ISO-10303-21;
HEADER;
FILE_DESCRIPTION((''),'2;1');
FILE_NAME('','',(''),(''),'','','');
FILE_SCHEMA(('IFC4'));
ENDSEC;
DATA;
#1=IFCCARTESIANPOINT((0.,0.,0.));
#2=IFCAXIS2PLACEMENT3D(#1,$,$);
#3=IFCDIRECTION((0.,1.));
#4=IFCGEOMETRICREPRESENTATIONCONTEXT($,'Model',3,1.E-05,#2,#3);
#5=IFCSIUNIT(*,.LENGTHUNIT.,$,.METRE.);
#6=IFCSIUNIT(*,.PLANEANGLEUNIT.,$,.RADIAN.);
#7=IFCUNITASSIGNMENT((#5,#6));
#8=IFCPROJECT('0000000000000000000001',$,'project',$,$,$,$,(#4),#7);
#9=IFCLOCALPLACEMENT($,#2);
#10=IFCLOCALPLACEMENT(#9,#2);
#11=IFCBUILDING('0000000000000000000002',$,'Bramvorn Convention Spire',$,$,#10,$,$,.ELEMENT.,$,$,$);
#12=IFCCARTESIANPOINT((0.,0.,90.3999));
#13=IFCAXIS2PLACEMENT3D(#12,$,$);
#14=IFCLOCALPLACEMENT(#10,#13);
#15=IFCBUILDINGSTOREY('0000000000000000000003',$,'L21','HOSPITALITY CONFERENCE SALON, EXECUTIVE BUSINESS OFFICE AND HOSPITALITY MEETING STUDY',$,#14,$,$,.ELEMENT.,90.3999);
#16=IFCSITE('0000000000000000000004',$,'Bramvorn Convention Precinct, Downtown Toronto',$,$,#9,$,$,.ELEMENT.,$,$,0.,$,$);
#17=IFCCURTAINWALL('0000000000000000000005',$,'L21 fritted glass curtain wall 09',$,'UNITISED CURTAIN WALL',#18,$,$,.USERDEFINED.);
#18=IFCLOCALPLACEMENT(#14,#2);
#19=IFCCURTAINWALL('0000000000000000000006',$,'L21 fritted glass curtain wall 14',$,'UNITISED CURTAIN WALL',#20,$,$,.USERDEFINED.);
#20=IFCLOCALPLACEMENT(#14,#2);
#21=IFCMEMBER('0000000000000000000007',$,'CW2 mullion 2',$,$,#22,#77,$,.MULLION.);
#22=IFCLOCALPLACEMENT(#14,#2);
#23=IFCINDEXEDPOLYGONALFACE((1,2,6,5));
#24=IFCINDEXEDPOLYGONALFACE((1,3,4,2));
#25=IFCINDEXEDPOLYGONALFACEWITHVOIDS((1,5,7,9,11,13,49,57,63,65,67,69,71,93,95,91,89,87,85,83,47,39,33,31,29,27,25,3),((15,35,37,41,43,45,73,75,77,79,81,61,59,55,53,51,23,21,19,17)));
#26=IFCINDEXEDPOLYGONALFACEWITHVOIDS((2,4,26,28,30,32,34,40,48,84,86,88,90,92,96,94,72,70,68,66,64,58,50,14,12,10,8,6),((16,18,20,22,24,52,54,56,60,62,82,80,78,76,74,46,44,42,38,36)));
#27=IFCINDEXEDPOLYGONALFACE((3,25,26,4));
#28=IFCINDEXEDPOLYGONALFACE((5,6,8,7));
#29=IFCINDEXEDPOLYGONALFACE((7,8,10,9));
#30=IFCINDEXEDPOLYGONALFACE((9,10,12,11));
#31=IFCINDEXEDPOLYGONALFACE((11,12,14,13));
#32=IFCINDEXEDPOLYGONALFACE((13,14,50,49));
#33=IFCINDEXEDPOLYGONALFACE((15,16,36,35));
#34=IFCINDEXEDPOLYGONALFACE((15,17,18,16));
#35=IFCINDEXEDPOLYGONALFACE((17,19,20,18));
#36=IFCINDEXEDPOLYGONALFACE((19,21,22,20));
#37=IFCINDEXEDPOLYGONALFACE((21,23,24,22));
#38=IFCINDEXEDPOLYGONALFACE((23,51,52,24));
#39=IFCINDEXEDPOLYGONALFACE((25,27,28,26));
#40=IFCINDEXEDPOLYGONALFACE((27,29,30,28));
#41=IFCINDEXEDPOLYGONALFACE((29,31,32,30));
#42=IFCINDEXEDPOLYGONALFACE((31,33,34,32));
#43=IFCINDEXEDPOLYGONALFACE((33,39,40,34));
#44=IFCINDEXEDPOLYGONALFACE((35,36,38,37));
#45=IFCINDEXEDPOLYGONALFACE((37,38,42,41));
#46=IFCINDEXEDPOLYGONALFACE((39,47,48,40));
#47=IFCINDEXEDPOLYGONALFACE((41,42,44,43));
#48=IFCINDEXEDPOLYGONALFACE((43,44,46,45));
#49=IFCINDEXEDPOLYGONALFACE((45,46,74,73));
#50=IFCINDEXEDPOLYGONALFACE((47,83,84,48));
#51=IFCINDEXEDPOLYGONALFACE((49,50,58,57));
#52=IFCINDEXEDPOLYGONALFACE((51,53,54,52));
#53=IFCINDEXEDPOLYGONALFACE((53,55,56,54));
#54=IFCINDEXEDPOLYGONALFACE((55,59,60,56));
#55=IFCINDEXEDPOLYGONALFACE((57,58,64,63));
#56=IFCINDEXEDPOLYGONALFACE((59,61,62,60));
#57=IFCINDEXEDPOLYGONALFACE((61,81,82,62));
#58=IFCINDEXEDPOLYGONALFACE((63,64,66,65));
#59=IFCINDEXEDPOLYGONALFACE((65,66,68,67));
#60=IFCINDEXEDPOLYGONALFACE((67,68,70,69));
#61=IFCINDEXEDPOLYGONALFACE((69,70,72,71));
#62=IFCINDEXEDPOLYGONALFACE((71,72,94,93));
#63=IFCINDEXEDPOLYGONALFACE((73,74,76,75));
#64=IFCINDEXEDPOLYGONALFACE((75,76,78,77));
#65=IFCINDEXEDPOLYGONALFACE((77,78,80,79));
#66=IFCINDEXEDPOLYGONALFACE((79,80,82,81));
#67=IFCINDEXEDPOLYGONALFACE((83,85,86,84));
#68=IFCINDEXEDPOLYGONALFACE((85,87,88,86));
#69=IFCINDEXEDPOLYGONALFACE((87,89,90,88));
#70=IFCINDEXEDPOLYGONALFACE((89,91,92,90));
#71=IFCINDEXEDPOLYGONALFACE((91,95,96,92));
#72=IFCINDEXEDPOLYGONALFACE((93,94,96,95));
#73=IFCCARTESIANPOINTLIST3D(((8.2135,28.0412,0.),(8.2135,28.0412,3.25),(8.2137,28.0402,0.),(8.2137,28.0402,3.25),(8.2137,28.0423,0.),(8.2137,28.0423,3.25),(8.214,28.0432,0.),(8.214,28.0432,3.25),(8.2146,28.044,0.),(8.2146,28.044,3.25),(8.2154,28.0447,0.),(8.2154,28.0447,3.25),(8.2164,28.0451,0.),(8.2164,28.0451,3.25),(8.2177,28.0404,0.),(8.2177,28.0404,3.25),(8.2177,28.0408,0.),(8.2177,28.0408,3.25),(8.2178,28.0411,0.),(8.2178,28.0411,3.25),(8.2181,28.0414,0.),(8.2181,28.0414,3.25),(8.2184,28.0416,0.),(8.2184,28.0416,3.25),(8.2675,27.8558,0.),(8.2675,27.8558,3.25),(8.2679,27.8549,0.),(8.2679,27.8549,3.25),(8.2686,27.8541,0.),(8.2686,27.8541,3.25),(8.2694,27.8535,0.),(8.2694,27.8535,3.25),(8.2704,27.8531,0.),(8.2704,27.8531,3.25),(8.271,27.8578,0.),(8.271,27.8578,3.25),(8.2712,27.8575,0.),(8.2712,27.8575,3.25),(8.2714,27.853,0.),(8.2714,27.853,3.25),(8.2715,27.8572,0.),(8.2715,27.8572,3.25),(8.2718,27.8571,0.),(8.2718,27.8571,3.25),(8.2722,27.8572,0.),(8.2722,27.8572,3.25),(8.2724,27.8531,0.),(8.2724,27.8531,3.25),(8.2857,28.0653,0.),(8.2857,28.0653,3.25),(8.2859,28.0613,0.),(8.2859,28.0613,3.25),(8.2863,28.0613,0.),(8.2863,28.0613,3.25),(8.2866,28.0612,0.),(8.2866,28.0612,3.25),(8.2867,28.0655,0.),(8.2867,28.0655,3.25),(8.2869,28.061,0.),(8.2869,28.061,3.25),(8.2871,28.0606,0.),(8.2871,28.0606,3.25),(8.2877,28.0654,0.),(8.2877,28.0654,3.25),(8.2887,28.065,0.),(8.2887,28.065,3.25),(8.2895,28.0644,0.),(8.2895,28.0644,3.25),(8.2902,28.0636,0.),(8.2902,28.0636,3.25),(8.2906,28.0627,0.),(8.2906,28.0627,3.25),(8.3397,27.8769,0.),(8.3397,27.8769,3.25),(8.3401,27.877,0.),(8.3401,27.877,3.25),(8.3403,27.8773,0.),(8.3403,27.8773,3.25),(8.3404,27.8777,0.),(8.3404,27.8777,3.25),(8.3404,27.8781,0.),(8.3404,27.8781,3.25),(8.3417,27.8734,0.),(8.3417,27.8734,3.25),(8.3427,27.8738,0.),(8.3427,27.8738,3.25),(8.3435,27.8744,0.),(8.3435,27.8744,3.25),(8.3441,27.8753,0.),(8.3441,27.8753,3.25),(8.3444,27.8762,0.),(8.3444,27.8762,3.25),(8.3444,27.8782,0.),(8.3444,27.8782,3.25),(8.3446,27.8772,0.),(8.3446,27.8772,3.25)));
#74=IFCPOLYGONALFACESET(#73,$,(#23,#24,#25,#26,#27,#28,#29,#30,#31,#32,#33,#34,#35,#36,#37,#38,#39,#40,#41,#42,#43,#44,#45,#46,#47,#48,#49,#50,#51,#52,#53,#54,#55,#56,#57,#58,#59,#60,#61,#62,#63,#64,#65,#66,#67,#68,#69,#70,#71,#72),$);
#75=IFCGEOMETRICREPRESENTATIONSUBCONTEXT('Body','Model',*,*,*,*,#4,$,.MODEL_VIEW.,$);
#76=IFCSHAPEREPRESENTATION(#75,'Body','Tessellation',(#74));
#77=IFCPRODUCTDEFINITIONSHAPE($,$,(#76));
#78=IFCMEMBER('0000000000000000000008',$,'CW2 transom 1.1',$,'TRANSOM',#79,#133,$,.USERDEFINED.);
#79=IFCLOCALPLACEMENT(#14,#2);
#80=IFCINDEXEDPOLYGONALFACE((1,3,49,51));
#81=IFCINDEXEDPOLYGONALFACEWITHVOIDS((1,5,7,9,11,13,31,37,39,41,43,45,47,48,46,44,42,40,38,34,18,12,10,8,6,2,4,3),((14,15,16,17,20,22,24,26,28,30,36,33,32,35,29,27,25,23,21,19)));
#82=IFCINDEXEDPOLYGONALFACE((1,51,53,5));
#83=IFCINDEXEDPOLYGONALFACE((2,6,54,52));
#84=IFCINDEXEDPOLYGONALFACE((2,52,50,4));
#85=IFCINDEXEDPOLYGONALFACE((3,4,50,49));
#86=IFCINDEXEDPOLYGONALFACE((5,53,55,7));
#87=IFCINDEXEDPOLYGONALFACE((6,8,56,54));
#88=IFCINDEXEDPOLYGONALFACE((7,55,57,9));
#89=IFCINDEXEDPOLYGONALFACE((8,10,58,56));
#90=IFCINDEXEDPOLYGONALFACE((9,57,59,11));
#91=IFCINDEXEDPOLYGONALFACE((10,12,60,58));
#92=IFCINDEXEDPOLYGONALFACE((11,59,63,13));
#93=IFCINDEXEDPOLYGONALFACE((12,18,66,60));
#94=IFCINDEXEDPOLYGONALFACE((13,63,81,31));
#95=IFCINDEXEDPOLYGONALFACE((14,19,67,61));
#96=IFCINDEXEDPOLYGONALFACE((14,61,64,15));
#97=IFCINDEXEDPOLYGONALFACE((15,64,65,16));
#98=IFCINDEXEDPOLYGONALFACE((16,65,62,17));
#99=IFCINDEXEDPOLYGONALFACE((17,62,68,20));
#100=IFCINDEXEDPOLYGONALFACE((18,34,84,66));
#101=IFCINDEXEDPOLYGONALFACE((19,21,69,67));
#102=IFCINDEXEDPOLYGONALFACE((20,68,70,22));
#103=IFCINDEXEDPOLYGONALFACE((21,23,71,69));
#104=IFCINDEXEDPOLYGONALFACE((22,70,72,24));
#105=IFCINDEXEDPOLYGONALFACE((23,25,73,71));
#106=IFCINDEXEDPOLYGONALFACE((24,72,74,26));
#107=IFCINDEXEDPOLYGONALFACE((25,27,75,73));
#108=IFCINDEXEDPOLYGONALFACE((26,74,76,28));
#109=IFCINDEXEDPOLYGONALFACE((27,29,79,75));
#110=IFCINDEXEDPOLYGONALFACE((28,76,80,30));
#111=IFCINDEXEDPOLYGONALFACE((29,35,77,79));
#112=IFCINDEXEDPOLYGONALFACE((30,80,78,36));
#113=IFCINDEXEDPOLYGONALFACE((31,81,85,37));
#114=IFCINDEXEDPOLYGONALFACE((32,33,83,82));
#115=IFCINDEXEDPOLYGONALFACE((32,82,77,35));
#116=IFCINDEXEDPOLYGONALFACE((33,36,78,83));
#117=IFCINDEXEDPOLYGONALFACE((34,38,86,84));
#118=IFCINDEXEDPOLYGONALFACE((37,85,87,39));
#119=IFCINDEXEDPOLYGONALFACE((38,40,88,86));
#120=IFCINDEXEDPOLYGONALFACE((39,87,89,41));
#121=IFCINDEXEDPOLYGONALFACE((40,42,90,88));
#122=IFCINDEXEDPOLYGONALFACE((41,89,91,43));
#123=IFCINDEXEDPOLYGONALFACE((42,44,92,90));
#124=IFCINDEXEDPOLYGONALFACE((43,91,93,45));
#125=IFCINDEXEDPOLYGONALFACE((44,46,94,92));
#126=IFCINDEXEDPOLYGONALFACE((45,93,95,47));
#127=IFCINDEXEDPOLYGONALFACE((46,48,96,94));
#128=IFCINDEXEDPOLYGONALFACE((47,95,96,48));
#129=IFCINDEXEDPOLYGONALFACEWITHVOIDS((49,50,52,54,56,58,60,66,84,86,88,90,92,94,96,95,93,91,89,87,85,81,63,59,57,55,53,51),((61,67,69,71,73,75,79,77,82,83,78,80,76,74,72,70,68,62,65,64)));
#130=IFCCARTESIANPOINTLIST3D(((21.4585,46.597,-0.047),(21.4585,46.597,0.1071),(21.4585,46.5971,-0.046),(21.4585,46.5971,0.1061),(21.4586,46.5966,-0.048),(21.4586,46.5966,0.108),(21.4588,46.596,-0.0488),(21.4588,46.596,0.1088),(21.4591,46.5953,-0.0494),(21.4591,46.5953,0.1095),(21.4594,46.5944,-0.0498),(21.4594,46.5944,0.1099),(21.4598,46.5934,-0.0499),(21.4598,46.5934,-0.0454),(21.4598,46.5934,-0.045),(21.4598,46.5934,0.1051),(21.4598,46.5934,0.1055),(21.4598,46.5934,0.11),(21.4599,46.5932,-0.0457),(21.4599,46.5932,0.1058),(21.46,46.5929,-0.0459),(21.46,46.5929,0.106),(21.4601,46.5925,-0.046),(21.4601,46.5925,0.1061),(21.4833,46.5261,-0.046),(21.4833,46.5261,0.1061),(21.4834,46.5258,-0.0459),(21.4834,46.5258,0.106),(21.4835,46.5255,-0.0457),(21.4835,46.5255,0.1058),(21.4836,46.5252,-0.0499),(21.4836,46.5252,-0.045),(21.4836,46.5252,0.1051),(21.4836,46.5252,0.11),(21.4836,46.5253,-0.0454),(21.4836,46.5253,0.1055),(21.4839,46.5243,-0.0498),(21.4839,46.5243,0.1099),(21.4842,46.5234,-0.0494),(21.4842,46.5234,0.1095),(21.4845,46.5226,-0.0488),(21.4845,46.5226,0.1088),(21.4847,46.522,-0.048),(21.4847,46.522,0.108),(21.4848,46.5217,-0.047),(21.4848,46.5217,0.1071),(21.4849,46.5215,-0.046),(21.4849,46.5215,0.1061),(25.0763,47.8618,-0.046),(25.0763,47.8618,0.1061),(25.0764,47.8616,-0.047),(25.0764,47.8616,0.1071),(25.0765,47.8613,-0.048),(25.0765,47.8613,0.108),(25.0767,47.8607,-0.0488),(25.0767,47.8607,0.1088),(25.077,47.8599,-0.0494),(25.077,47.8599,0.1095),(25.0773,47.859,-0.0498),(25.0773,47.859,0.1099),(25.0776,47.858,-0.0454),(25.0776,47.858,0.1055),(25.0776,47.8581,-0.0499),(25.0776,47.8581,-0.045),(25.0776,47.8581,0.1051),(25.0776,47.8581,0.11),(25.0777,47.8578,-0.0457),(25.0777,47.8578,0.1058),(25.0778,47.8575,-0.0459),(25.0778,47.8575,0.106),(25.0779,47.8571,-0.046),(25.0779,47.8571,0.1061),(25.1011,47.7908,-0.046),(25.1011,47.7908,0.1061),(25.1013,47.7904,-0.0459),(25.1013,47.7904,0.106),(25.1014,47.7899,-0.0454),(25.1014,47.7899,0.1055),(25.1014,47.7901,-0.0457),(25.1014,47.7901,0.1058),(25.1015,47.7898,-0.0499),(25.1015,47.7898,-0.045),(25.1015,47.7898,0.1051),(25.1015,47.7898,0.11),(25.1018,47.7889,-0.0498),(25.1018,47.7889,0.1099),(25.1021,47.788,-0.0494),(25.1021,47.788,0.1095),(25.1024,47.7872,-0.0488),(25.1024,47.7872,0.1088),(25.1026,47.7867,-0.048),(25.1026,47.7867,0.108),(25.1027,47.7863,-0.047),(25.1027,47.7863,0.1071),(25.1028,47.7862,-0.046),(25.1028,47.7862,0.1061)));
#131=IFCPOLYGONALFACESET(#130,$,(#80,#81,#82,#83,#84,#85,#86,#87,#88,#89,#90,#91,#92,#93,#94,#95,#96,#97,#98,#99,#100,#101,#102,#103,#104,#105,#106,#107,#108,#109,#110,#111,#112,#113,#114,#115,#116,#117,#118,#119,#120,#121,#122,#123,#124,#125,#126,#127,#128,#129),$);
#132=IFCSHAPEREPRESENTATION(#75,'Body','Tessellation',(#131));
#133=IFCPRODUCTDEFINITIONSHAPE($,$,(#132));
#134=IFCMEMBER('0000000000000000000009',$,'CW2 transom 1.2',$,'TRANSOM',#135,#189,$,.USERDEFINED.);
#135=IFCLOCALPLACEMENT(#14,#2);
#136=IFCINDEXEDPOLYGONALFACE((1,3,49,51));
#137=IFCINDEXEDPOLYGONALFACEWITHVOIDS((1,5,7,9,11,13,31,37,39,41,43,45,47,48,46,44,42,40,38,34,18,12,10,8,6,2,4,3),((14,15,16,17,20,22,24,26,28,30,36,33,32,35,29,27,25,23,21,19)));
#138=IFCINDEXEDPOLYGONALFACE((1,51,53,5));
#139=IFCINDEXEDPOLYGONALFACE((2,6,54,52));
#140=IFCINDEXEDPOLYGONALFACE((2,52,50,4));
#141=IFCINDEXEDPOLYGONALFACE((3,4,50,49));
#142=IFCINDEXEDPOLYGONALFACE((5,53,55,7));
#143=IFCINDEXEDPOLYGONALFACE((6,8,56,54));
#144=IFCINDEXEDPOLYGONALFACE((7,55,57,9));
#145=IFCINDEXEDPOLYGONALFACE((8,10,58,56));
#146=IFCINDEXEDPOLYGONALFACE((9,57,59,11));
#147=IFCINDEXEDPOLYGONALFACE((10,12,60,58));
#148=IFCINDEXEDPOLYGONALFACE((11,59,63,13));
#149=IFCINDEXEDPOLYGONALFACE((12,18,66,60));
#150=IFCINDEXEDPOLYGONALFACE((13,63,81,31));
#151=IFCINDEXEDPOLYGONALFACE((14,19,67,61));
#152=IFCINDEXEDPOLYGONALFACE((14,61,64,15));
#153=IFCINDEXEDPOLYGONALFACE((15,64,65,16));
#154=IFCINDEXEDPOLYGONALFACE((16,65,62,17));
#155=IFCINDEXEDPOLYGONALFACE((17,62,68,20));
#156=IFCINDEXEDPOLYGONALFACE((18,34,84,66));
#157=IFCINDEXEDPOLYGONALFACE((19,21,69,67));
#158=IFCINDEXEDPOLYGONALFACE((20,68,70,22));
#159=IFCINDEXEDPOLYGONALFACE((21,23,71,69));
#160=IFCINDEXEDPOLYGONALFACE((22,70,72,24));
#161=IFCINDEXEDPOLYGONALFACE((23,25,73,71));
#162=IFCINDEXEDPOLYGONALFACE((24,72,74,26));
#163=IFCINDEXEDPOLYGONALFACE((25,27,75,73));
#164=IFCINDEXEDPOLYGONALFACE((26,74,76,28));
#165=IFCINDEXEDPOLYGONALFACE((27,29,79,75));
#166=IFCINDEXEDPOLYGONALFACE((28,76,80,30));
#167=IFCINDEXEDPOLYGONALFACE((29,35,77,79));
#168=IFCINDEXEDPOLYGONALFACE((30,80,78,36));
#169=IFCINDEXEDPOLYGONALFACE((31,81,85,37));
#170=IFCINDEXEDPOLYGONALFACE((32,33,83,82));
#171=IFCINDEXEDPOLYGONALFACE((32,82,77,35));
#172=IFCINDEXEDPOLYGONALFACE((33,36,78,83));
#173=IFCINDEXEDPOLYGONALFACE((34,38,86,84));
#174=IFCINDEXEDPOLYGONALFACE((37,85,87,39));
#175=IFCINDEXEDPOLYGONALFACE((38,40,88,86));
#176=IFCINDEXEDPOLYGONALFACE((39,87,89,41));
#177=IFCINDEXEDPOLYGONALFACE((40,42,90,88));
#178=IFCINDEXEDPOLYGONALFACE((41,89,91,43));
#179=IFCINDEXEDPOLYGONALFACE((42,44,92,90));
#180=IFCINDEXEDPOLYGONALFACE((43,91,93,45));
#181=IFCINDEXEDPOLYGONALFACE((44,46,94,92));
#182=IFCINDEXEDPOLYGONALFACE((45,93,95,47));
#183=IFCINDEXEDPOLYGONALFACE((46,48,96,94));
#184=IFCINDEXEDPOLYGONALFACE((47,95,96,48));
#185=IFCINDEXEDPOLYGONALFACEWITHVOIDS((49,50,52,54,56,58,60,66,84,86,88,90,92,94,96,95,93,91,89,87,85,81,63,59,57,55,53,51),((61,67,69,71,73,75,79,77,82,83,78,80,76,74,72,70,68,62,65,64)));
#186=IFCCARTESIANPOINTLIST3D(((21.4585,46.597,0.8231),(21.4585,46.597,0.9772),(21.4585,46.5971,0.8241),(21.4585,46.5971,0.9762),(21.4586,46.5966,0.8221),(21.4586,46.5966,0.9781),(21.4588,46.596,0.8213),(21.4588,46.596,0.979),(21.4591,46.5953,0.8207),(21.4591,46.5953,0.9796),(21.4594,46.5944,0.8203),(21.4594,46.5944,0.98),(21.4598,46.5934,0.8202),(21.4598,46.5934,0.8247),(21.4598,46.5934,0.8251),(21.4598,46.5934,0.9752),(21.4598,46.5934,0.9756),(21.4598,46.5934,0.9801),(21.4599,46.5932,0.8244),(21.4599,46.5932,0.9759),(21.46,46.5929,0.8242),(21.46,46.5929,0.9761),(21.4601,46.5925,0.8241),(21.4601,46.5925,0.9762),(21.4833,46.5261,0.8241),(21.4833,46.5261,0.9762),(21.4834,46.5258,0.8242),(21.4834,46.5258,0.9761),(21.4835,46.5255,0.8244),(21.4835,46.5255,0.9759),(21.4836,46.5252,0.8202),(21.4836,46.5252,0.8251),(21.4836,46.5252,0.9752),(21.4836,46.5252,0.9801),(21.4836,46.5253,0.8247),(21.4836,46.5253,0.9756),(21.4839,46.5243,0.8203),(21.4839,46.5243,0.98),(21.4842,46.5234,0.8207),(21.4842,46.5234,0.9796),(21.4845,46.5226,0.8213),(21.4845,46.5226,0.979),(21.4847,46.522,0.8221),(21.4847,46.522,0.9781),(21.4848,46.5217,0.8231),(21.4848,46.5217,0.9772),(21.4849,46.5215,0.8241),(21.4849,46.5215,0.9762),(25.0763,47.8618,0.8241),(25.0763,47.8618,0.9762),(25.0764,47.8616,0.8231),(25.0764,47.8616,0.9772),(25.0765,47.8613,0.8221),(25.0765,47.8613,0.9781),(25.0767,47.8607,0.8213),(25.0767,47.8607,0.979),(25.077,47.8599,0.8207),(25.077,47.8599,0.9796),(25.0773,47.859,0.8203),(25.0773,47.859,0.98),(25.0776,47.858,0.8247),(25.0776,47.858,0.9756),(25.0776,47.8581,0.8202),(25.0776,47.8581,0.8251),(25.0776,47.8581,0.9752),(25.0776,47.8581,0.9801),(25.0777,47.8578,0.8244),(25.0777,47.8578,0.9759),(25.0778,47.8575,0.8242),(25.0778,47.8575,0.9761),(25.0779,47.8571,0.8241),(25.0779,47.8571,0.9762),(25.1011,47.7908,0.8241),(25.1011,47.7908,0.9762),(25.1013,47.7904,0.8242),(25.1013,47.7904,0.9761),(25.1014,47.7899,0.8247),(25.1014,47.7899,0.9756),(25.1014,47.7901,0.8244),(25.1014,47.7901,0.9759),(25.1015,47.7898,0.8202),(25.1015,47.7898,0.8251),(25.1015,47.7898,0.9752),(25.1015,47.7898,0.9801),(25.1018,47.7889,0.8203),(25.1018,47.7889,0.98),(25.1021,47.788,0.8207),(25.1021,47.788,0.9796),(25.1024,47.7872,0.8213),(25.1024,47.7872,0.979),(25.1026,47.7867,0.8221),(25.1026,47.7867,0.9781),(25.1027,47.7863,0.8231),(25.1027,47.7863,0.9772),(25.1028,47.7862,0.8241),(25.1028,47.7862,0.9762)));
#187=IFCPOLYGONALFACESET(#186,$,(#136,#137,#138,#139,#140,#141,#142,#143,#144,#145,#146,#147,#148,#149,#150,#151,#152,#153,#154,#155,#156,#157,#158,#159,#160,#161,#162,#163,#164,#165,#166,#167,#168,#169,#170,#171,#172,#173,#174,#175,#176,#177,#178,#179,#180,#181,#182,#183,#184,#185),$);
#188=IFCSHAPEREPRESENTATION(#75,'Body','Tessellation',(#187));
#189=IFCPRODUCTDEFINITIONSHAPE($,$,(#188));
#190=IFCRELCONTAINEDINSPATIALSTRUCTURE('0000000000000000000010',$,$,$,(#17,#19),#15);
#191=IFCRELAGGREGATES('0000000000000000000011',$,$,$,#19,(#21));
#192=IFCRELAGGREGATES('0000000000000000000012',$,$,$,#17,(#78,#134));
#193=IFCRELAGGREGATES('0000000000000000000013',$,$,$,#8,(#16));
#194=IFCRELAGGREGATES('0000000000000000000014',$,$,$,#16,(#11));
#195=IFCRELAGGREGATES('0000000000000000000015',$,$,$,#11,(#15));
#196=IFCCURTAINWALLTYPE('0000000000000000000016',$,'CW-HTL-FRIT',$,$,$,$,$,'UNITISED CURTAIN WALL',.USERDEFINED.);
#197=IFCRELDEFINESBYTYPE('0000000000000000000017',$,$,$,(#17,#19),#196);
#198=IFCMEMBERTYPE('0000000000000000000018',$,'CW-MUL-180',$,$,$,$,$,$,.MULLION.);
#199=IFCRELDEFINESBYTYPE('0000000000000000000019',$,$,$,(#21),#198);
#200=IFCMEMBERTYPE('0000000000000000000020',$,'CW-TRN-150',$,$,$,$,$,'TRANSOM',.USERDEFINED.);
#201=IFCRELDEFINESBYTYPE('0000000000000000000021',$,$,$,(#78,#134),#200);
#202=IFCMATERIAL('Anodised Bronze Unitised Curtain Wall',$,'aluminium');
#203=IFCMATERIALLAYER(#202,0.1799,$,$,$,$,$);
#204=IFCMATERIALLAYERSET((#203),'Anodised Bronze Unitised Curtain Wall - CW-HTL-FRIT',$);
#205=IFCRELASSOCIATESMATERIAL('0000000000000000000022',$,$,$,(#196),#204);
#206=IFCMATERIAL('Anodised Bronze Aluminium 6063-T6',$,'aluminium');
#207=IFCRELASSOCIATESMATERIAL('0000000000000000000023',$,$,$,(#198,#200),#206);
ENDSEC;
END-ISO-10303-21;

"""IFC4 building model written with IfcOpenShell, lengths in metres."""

from ifc_helpers import new_model, si_unit, direction, frame, origin, origin_2d, place, context, subcontext, project, spatial, hollow_rectangle, extrude, material, layer, layer_set, material_profile, profile_set, type_object, element, aggregate, save


model = new_model("IFC4")

# Units and contexts
model_context = context("Model", 3, precision=1e-05, world=origin(), true_north=direction((0.0, 1.0)))
body_context = subcontext(model_context, "Body", "Model", "MODEL_VIEW")
ifc_project = project(units=[si_unit("LENGTHUNIT", "METRE"), si_unit("PLANEANGLEUNIT", "RADIAN")], contexts=[model_context])

# Site, building, storey
site_placement = place(None, origin())
site = spatial("IfcSite", under=ifc_project, at=site_placement, Name="Bramvorn Convention Precinct, Downtown Toronto", CompositionType="ELEMENT", RefElevation=0.0)
building_placement = place(site_placement, origin())
building = spatial("IfcBuilding", under=site, at=building_placement, Name="Bramvorn Convention Spire", CompositionType="ELEMENT")
storey_placement = place(building_placement, frame((0.0, 0.0, 90.3999)))
storey = spatial("IfcBuildingStorey", under=building, at=storey_placement, Name="L21", Description="HOSPITALITY CONFERENCE SALON, EXECUTIVE BUSINESS OFFICE AND HOSPITALITY MEETING STUDY", CompositionType="ELEMENT", Elevation=90.3999)

# Curtain wall
ifc_material_1 = material(Name="Anodised Bronze Unitised Curtain Wall", Category="aluminium")
ifc_layer_1 = layer(ifc_material_1, 0.1799)
ifc_layer_set_1 = layer_set([ifc_layer_1], Name="Anodised Bronze Unitised Curtain Wall - CW-HTL-FRIT")
curtain_wall_type = type_object("IfcCurtainWallType", Name="CW-HTL-FRIT", ElementType="UNITISED CURTAIN WALL", PredefinedType="USERDEFINED", material=ifc_layer_set_1)
curtain_wall_1_placement = place(storey_placement, origin())
curtain_wall_1 = element("IfcCurtainWall", 1, at=curtain_wall_1_placement, inside=storey, type_object=curtain_wall_type, Name="L21 fritted glass curtain wall 09", ObjectType="UNITISED CURTAIN WALL", PredefinedType="USERDEFINED")
ifc_material_2 = material(Name="Anodised Bronze Aluminium 6063-T6", Category="aluminium")
ifc_material_profile_1 = material_profile(ifc_material_2, hollow_rectangle(XDim=0.0801, YDim=0.2, WallThickness=0.0039, InnerFilletRadius=0.001, OuterFilletRadius=0.0039, at=origin_2d()))
ifc_profile_set_1 = profile_set([ifc_material_profile_1], Name="Anodised Bronze Aluminium 6063-T6 - CWM80X200")
member_type_1 = type_object("IfcMemberType", Name="CW-MUL-180", PredefinedType="MULLION", material=ifc_profile_set_1)

# Curtain wall, member
curtain_wall_2_placement = place(storey_placement, origin())
curtain_wall_2 = element("IfcCurtainWall", 2, at=curtain_wall_2_placement, inside=storey, type_object=curtain_wall_type, Name="L21 fritted glass curtain wall 14", ObjectType="UNITISED CURTAIN WALL", PredefinedType="USERDEFINED")
member_1_placement = place(storey_placement, frame((8.2791, 27.9592, 0.0), z_axis=(0.0, 0.0, 1.0), x_axis=(-0.959948, -0.280179, 0.0)))
member_1 = element("IfcMember", 3, at=member_1_placement, type_object=member_type_1, Name="CW2 mullion 2", PredefinedType="MULLION", context=body_context, shape_type="SweptSolid", body=[
    extrude(hollow_rectangle(XDim=0.0801, YDim=0.2, WallThickness=0.0039, InnerFilletRadius=0.001, OuterFilletRadius=0.0039, at=origin_2d()), origin(), (0.0, 0.0, 1.0), 3.25),
])
aggregate(curtain_wall_2, [member_1])

# Members
ifc_material_profile_2 = material_profile(ifc_material_2, hollow_rectangle(XDim=0.0801, YDim=0.1599, WallThickness=0.0039, InnerFilletRadius=0.001, OuterFilletRadius=0.0039, at=origin_2d()))
ifc_profile_set_2 = profile_set([ifc_material_profile_2], Name="Anodised Bronze Aluminium 6063-T6 - CWT80X160")
member_type_2 = type_object("IfcMemberType", Name="CW-TRN-150", ElementType="TRANSOM", PredefinedType="USERDEFINED", material=ifc_profile_set_2)
member_2_placement = place(storey_placement, frame((21.4717, 46.5593, 0.03), z_axis=(0.94399, 0.329973, 0.0), x_axis=(-0.329973, 0.94399, 0.0)))
member_2 = element("IfcMember", 4, at=member_2_placement, type_object=member_type_2, Name="CW2 transom 1.1", ObjectType="TRANSOM", PredefinedType="USERDEFINED", context=body_context, shape_type="SweptSolid", body=[
    extrude(hollow_rectangle(XDim=0.0801, YDim=0.1599, WallThickness=0.0039, InnerFilletRadius=0.001, OuterFilletRadius=0.0039, at=origin_2d()), origin(), (0.0, 0.0, 1.0), 3.8325),
])
member_3_placement = place(storey_placement, frame((21.4717, 46.5593, 0.9001), z_axis=(0.94399, 0.329973, 0.0), x_axis=(-0.329973, 0.94399, 0.0)))
member_3 = element("IfcMember", 5, at=member_3_placement, type_object=member_type_2, Name="CW2 transom 1.2", ObjectType="TRANSOM", PredefinedType="USERDEFINED", context=body_context, shape_type="SweptSolid", body=[
    extrude(hollow_rectangle(XDim=0.0801, YDim=0.1599, WallThickness=0.0039, InnerFilletRadius=0.001, OuterFilletRadius=0.0039, at=origin_2d()), origin(), (0.0, 0.0, 1.0), 3.8325),
])

aggregate(curtain_wall_1, [member_2, member_3])

save(model, "model.ifc")
